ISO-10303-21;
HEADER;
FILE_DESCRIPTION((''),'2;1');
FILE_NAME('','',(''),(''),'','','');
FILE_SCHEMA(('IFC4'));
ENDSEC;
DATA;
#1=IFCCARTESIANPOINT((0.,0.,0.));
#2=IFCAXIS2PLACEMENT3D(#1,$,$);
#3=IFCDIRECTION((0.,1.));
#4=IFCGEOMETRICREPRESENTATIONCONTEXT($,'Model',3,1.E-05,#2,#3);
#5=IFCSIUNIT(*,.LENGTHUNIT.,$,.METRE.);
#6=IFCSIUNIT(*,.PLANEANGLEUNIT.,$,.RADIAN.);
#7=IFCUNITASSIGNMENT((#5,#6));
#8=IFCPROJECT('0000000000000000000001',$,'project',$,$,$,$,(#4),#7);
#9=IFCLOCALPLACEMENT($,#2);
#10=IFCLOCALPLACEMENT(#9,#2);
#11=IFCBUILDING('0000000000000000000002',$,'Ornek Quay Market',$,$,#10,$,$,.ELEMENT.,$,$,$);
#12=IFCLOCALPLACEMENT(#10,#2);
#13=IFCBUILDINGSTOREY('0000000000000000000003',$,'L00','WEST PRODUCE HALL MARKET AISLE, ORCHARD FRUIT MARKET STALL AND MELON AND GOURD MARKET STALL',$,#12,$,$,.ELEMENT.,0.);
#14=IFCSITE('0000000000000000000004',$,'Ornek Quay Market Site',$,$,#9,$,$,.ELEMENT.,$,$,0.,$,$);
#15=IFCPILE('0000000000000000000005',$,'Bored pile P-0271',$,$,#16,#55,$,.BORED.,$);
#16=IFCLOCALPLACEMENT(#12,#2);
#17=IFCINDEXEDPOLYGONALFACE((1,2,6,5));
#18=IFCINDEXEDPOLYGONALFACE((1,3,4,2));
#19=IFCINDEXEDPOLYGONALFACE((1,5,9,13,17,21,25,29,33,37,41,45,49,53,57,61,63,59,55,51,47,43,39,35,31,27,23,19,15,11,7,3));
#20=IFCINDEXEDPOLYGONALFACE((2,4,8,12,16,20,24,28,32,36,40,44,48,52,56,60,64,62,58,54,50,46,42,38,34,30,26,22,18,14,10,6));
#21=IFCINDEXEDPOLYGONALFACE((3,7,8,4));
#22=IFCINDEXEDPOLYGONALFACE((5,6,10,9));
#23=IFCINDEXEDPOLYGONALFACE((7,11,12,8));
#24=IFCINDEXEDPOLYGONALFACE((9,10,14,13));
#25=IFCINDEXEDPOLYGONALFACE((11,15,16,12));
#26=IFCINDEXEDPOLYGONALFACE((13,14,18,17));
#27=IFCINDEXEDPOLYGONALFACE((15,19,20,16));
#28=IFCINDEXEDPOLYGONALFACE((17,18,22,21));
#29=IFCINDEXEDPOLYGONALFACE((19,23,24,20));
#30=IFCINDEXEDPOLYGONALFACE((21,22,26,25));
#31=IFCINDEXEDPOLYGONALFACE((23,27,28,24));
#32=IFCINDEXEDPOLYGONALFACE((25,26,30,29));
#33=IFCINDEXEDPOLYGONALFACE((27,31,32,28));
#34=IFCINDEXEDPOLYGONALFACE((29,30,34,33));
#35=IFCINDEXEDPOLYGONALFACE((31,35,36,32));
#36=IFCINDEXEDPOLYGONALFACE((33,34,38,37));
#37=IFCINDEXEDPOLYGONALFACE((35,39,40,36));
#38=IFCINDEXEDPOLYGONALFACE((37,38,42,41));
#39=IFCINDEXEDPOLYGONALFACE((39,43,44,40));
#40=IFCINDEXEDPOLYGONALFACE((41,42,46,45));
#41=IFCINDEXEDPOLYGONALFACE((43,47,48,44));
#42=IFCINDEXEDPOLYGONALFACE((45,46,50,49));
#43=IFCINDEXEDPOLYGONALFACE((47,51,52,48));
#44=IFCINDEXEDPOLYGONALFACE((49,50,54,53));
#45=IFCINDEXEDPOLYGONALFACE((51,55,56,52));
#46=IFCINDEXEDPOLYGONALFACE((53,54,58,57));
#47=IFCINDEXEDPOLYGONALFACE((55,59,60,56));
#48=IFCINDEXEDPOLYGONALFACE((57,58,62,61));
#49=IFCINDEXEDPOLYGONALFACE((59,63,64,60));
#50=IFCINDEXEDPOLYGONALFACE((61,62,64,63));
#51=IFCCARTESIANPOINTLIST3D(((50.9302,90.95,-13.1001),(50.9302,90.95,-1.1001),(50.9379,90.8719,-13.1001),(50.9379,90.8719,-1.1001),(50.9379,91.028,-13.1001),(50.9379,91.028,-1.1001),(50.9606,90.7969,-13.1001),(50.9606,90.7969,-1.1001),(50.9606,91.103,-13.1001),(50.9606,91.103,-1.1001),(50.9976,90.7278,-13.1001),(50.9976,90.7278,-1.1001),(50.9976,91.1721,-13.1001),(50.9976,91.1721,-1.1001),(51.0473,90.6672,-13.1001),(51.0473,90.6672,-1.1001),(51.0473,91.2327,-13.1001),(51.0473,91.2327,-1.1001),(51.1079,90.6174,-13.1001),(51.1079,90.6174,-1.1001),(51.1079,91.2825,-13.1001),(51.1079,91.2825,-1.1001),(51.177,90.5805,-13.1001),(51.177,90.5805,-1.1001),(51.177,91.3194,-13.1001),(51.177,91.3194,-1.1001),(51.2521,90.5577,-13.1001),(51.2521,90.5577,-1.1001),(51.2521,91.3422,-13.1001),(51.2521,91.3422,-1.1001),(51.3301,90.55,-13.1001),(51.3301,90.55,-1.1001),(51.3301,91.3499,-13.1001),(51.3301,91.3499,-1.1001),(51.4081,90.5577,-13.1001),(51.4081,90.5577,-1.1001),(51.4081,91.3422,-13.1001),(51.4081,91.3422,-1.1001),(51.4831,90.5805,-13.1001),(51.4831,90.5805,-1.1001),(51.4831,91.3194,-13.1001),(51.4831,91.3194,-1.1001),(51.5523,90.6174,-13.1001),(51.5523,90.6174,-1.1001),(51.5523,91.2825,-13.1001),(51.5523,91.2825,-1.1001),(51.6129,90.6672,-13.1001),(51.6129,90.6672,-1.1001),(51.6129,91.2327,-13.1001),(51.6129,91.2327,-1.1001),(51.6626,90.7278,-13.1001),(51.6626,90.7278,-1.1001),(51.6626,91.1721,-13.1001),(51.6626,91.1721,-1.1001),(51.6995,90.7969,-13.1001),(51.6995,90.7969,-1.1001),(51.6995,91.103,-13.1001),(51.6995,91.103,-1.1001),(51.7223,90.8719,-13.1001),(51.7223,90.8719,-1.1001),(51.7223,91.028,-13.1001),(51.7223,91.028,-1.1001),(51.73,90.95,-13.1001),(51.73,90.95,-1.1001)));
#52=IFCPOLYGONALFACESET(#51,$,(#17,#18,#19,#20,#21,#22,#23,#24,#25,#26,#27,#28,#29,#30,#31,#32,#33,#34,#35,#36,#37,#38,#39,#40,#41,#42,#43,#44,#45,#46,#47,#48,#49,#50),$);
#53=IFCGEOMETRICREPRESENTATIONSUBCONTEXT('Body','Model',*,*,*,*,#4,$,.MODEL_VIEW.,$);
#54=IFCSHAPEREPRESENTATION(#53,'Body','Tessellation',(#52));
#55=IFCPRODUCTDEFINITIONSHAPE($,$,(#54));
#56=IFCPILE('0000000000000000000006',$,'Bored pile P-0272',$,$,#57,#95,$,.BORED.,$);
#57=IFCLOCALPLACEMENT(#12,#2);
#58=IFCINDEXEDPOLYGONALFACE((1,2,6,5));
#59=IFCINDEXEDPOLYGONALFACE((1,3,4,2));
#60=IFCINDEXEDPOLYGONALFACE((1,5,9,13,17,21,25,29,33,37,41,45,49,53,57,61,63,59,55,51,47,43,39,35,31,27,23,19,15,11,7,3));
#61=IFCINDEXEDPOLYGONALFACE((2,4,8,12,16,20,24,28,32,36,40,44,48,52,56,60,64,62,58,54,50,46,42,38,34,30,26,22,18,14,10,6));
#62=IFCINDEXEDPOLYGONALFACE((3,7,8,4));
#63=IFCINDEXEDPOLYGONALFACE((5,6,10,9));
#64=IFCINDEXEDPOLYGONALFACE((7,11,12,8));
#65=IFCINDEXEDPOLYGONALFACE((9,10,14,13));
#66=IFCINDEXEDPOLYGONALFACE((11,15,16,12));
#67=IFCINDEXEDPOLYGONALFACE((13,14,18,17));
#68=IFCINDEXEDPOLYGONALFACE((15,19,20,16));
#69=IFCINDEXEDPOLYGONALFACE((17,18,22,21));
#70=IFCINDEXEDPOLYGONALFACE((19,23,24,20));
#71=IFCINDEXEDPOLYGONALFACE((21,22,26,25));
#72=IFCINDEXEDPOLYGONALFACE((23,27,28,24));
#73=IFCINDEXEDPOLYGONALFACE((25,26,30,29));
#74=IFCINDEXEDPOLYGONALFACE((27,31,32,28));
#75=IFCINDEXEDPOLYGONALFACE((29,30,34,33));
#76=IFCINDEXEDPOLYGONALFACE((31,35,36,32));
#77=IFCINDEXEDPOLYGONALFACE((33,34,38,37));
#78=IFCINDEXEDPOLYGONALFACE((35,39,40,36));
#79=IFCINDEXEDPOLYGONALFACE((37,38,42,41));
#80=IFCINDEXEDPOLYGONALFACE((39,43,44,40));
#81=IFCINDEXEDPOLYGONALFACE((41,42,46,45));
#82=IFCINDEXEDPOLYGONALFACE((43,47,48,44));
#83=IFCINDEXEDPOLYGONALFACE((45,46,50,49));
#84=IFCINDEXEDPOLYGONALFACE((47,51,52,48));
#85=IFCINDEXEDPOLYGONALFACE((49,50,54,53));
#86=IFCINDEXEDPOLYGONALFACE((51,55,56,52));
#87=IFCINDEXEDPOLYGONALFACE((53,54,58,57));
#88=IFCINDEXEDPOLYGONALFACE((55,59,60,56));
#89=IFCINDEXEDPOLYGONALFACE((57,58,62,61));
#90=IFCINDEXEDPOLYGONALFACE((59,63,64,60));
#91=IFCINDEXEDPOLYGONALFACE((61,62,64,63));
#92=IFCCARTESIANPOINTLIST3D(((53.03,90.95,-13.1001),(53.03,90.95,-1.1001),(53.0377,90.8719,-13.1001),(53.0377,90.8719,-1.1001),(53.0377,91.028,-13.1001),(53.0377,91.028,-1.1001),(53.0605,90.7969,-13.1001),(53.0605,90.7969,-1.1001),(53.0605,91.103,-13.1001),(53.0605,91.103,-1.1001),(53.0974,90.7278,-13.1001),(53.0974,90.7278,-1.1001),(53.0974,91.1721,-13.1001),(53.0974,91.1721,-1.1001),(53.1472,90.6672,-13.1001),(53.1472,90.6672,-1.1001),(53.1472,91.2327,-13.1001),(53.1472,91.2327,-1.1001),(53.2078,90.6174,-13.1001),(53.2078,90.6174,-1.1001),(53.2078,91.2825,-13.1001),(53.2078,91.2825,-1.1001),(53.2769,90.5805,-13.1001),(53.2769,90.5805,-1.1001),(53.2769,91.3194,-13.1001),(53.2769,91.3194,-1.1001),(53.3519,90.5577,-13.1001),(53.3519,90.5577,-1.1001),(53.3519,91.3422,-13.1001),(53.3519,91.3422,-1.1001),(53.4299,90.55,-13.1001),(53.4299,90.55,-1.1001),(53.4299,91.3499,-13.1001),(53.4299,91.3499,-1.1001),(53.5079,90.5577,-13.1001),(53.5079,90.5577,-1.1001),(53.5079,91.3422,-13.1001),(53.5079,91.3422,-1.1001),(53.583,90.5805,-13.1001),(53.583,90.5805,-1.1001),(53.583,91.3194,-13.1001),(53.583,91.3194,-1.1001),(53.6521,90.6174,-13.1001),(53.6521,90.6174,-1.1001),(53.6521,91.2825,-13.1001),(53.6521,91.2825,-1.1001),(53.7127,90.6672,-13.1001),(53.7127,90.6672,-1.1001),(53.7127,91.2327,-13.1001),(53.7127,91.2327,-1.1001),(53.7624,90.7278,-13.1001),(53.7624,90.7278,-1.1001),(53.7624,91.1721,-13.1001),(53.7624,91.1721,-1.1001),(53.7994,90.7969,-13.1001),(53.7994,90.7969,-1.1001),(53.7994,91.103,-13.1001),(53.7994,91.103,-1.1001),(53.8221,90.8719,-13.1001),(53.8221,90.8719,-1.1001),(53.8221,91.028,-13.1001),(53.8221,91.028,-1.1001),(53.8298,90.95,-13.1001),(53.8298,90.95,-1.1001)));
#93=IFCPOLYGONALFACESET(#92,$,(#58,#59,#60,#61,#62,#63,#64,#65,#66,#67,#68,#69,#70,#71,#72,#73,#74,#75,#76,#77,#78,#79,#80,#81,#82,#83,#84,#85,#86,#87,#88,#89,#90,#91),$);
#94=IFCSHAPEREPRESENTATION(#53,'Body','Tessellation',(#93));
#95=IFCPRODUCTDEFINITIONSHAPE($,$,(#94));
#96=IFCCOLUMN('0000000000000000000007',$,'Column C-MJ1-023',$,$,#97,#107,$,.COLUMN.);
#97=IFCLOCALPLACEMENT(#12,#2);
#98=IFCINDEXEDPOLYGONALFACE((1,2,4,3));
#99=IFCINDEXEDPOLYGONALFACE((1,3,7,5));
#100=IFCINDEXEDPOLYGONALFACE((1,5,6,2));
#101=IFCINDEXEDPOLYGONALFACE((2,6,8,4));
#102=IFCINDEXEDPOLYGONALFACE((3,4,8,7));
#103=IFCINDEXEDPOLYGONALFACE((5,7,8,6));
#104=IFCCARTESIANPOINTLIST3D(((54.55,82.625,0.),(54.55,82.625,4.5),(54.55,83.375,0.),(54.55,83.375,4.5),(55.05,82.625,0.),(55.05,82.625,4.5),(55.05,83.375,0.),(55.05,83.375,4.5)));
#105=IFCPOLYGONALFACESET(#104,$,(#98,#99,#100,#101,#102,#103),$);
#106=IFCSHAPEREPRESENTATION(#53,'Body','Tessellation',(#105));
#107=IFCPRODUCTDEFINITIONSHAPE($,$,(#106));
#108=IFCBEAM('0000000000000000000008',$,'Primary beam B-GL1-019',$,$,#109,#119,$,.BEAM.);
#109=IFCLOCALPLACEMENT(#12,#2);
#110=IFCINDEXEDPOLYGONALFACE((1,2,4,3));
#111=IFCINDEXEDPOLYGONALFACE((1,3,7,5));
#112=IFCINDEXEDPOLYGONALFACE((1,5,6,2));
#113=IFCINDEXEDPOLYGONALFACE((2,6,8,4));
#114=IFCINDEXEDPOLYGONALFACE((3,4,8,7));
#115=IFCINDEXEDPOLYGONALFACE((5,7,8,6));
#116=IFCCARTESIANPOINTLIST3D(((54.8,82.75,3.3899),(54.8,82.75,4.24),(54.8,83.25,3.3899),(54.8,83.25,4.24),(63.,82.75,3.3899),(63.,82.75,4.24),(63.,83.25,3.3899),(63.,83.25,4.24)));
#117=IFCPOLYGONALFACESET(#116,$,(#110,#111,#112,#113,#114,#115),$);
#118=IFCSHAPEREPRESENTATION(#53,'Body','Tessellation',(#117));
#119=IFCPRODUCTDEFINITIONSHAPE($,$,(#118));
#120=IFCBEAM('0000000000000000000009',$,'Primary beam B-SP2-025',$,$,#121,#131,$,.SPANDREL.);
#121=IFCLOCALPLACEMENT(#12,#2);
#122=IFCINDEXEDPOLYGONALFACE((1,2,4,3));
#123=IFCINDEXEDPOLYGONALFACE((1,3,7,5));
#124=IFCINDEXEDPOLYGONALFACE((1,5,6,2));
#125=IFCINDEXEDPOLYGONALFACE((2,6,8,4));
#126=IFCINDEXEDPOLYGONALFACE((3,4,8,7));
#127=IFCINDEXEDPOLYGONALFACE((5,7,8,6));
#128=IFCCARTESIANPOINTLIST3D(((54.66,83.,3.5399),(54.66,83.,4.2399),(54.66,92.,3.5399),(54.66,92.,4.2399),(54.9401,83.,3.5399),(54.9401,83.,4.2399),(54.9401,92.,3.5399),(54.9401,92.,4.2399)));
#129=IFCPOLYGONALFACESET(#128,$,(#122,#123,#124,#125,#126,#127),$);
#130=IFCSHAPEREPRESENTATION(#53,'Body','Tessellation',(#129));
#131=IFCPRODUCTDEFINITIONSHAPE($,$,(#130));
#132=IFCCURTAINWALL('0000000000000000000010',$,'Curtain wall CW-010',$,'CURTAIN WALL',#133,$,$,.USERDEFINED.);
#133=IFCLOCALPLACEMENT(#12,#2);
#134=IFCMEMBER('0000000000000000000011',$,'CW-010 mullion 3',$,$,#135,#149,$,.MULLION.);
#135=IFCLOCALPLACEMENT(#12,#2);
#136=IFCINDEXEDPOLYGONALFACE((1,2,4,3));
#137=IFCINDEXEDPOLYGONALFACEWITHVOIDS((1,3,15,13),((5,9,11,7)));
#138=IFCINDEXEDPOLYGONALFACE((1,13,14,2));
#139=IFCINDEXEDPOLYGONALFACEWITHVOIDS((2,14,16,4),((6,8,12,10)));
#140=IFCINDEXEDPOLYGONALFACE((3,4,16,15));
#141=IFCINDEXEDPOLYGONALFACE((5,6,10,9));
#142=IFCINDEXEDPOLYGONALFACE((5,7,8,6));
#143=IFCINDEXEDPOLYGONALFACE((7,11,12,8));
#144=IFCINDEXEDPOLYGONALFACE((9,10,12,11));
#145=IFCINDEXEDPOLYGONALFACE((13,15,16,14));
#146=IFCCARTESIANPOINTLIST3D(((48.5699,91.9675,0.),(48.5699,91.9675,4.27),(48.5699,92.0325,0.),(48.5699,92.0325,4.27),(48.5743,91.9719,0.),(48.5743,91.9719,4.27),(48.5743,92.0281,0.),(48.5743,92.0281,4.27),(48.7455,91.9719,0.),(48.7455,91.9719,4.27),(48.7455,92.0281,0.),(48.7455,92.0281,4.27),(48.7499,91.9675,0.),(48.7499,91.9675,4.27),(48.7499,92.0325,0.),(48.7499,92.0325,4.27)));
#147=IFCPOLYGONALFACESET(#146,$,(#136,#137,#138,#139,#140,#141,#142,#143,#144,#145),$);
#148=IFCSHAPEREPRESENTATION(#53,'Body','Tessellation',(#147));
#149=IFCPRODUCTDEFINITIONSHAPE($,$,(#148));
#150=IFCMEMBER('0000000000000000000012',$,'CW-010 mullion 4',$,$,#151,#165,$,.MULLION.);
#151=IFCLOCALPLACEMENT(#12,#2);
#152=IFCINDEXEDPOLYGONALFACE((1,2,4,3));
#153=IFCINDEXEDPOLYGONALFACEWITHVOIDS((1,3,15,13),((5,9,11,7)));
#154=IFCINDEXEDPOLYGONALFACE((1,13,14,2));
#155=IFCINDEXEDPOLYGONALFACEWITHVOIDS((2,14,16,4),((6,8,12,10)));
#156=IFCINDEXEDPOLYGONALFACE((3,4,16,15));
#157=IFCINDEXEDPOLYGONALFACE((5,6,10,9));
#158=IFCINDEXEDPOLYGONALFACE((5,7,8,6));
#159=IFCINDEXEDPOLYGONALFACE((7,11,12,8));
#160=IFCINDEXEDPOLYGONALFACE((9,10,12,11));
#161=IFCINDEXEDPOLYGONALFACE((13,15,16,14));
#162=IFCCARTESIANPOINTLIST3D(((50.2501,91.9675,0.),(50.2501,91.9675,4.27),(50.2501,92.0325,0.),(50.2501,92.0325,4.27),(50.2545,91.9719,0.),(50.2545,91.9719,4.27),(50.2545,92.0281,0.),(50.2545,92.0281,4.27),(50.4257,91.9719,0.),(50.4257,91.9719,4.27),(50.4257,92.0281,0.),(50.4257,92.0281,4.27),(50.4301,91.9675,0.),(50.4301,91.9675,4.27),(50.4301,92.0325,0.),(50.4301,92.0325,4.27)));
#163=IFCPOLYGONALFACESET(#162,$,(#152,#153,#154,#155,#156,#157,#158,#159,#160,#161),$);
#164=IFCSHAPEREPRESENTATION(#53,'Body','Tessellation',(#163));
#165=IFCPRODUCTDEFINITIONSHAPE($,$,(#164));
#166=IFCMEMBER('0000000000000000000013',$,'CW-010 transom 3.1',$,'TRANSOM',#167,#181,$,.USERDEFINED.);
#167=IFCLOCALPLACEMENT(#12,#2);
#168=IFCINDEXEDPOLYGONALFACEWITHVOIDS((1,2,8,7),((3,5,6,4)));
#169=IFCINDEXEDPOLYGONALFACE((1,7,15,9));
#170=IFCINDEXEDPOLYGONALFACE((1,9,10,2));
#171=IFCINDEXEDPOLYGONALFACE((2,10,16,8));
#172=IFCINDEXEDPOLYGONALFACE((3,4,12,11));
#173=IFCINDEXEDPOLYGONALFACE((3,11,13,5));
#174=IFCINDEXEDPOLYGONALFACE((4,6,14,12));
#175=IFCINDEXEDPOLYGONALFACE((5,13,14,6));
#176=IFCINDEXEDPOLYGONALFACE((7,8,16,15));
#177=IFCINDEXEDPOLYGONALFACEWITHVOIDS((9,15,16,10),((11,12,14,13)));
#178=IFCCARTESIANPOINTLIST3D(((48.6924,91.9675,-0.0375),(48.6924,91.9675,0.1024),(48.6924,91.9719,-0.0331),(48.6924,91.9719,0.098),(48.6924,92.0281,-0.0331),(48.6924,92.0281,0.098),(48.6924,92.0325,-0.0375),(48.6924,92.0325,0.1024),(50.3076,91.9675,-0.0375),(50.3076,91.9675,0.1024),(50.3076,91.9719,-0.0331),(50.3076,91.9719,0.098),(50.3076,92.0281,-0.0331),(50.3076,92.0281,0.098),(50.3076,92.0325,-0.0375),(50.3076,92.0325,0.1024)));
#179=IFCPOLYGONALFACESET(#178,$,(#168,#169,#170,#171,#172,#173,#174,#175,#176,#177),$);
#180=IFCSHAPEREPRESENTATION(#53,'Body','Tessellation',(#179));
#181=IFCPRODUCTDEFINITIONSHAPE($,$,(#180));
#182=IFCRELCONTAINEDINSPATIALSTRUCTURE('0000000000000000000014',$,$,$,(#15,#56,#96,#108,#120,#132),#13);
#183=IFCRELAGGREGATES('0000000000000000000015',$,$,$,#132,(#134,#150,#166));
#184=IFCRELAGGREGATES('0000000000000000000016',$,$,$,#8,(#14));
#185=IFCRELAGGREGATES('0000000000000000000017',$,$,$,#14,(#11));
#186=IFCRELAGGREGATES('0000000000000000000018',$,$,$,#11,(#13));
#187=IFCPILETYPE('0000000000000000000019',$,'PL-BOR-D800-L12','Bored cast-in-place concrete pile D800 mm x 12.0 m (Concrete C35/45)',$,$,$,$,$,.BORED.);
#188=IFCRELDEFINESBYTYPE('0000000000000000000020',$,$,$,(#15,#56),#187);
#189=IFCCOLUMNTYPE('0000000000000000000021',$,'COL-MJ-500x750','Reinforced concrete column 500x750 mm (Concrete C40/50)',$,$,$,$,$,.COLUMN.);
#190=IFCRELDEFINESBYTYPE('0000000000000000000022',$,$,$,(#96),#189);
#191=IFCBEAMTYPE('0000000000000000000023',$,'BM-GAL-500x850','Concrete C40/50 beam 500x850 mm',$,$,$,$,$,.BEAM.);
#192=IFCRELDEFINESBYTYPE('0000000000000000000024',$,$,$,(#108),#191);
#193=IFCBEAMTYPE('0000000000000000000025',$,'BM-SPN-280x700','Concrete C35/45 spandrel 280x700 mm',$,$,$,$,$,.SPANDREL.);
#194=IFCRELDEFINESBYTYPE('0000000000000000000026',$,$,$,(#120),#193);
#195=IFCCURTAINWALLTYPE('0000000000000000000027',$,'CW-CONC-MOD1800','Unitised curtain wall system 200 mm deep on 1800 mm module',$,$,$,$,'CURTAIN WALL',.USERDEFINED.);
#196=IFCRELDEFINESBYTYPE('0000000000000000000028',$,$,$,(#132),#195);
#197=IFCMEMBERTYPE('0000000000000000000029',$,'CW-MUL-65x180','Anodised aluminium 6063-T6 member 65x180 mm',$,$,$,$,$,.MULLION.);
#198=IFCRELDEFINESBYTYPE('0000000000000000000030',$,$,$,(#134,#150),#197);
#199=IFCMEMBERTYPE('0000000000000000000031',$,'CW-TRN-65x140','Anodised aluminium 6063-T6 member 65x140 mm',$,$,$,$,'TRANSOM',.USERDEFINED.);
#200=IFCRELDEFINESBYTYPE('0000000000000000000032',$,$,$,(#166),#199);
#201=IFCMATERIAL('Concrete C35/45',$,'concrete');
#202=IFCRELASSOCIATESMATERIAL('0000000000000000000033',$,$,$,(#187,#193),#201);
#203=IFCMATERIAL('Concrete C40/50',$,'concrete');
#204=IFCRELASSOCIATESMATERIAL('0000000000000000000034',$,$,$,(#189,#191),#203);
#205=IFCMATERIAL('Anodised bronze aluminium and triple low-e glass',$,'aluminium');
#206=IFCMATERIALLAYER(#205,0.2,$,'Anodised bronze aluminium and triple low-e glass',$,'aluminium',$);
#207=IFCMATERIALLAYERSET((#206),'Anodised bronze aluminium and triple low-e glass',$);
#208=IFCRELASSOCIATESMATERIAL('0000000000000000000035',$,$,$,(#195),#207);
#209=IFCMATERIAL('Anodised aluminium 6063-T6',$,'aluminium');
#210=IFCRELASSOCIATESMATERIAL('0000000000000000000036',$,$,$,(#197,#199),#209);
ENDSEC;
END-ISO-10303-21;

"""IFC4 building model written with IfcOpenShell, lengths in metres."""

from ifc_helpers import new_model, si_unit, direction, frame, origin, origin_2d, place, context, subcontext, project, spatial, rectangle, hollow_rectangle, circle, extrude, material, layer, layer_set, material_profile, profile_set, type_object, element, aggregate, save


model = new_model("IFC4")

# Units and contexts
model_context = context("Model", 3, precision=1e-05, world=origin(), true_north=direction((0.0, 1.0)))
body_context = subcontext(model_context, "Body", "Model", "MODEL_VIEW")
ifc_project = project(units=[si_unit("LENGTHUNIT", "METRE"), si_unit("PLANEANGLEUNIT", "RADIAN")], contexts=[model_context])

# Site, building, storey
site_placement = place(None, origin())
site = spatial("IfcSite", under=ifc_project, at=site_placement, Name="Ornek Quay Market Site", CompositionType="ELEMENT", RefElevation=0.0)
building_placement = place(site_placement, origin())
building = spatial("IfcBuilding", under=site, at=building_placement, Name="Ornek Quay Market", CompositionType="ELEMENT")
storey_placement = place(building_placement, origin())
storey = spatial("IfcBuildingStorey", under=building, at=storey_placement, Name="L00", Description="WEST PRODUCE HALL MARKET AISLE, ORCHARD FRUIT MARKET STALL AND MELON AND GOURD MARKET STALL", CompositionType="ELEMENT", Elevation=0.0)

# Piles
ifc_material_1 = material(Name="Concrete C35/45", Category="concrete")
ifc_material_profile_1 = material_profile(ifc_material_1, circle(Radius=0.3999, at=origin_2d()), Name="PILE D800", Category="concrete")
ifc_profile_set_1 = profile_set([ifc_material_profile_1], Name="Concrete C35/45")
pile_type = type_object("IfcPileType", Name="PL-BOR-D800-L12", Description="Bored cast-in-place concrete pile D800 mm x 12.0 m (Concrete C35/45)", PredefinedType="BORED", material=ifc_profile_set_1)
for number, where, z_axis, x_axis, name in (
    (1, (51.3301, 90.95, -1.1001), (0.0, 0.0, -1.0), (1.0, 0.0, 0.0), "Bored pile P-0271"),
    (2, (53.4299, 90.95, -1.1001), (0.0, 0.0, -1.0), (1.0, 0.0, 0.0), "Bored pile P-0272"),
):
    element("IfcPile", number, at=place(storey_placement, frame(where, z_axis=z_axis, x_axis=x_axis)), inside=storey, type_object=pile_type, Name=name, PredefinedType="BORED", context=body_context, shape_type="SweptSolid", body=[
        extrude(circle(Radius=0.3999, at=origin_2d()), origin(), (0.0, 0.0, 1.0), 12.0),
    ])

# Column
ifc_material_2 = material(Name="Concrete C40/50", Category="concrete")
ifc_material_profile_2 = material_profile(ifc_material_2, rectangle(XDim=0.5, YDim=0.75, at=origin_2d()), Name="RC 500x750", Category="concrete")
ifc_profile_set_2 = profile_set([ifc_material_profile_2], Name="Concrete C40/50")
column_type = type_object("IfcColumnType", Name="COL-MJ-500x750", Description="Reinforced concrete column 500x750 mm (Concrete C40/50)", PredefinedType="COLUMN", material=ifc_profile_set_2)
column_placement = place(storey_placement, frame((54.8, 83.0, 0.0), z_axis=(0.0, 0.0, 1.0), x_axis=(1.0, 0.0, 0.0)))
element("IfcColumn", 3, at=column_placement, inside=storey, type_object=column_type, Name="Column C-MJ1-023", PredefinedType="COLUMN", context=body_context, shape_type="SweptSolid", body=[
    extrude(rectangle(XDim=0.5, YDim=0.75, at=origin_2d()), origin(), (0.0, 0.0, 1.0), 4.5),
])

# Beams
ifc_material_profile_3 = material_profile(ifc_material_2, rectangle(XDim=0.5, YDim=0.8501, at=origin_2d()), Name="RC 500x850", Category="concrete")
ifc_profile_set_3 = profile_set([ifc_material_profile_3], Name="Concrete C40/50")
beam_type_1 = type_object("IfcBeamType", Name="BM-GAL-500x850", Description="Concrete C40/50 beam 500x850 mm", PredefinedType="BEAM", material=ifc_profile_set_3)
beam_1_placement = place(storey_placement, frame((54.8, 83.0, 3.8149), z_axis=(1.0, 0.0, 0.0), x_axis=(0.0, 1.0, 0.0)))
element("IfcBeam", 4, at=beam_1_placement, inside=storey, type_object=beam_type_1, Name="Primary beam B-GL1-019", PredefinedType="BEAM", context=body_context, shape_type="SweptSolid", body=[
    extrude(rectangle(XDim=0.5, YDim=0.8501, at=origin_2d()), origin(), (0.0, 0.0, 1.0), 8.2),
])
ifc_material_profile_4 = material_profile(ifc_material_1, rectangle(XDim=0.28, YDim=0.7, at=origin_2d()), Name="RC 280x700", Category="concrete")
ifc_profile_set_4 = profile_set([ifc_material_profile_4], Name="Concrete C35/45")
beam_type_2 = type_object("IfcBeamType", Name="BM-SPN-280x700", Description="Concrete C35/45 spandrel 280x700 mm", PredefinedType="SPANDREL", material=ifc_profile_set_4)
beam_2_placement = place(storey_placement, frame((54.8, 83.0, 3.8899), z_axis=(0.0, 1.0, 0.0), x_axis=(-1.0, 0.0, 0.0)))
element("IfcBeam", 5, at=beam_2_placement, inside=storey, type_object=beam_type_2, Name="Primary beam B-SP2-025", PredefinedType="SPANDREL", context=body_context, shape_type="SweptSolid", body=[
    extrude(rectangle(XDim=0.28, YDim=0.7, at=origin_2d()), origin(), (0.0, 0.0, 1.0), 9.0),
])

# Curtain wall, members
ifc_material_3 = material(Name="Anodised bronze aluminium and triple low-e glass", Category="aluminium")
ifc_layer_1 = layer(ifc_material_3, 0.2, Name="Anodised bronze aluminium and triple low-e glass", Category="aluminium")
ifc_layer_set_1 = layer_set([ifc_layer_1], Name="Anodised bronze aluminium and triple low-e glass")
curtain_wall_type = type_object("IfcCurtainWallType", Name="CW-CONC-MOD1800", Description="Unitised curtain wall system 200 mm deep on 1800 mm module", ElementType="CURTAIN WALL", PredefinedType="USERDEFINED", material=ifc_layer_set_1)
curtain_wall_placement = place(storey_placement, origin())
curtain_wall = element("IfcCurtainWall", 6, at=curtain_wall_placement, inside=storey, type_object=curtain_wall_type, Name="Curtain wall CW-010", ObjectType="CURTAIN WALL", PredefinedType="USERDEFINED")
ifc_material_4 = material(Name="Anodised aluminium 6063-T6", Category="aluminium")
ifc_material_profile_5 = material_profile(ifc_material_4, hollow_rectangle(XDim=0.0649, YDim=0.1799, WallThickness=0.0044, at=origin_2d()), Name="CW-MUL-65x180", Category="aluminium")
ifc_profile_set_5 = profile_set([ifc_material_profile_5], Name="Anodised aluminium 6063-T6")
member_type_1 = type_object("IfcMemberType", Name="CW-MUL-65x180", Description="Anodised aluminium 6063-T6 member 65x180 mm", PredefinedType="MULLION", material=ifc_profile_set_5)
member_1_placement = place(storey_placement, frame((48.6599, 92.0, 0.0), z_axis=(0.0, 0.0, 1.0), x_axis=(0.0, 1.0, 0.0)))
member_1 = element("IfcMember", 7, at=member_1_placement, type_object=member_type_1, Name="CW-010 mullion 3", PredefinedType="MULLION", context=body_context, shape_type="SweptSolid", body=[
    extrude(hollow_rectangle(XDim=0.0649, YDim=0.1799, WallThickness=0.0044, at=origin_2d()), origin(), (0.0, 0.0, 1.0), 4.27),
])
member_2_placement = place(storey_placement, frame((50.3401, 92.0, 0.0), z_axis=(0.0, 0.0, 1.0), x_axis=(0.0, 1.0, 0.0)))
member_2 = element("IfcMember", 8, at=member_2_placement, type_object=member_type_1, Name="CW-010 mullion 4", PredefinedType="MULLION", context=body_context, shape_type="SweptSolid", body=[
    extrude(hollow_rectangle(XDim=0.0649, YDim=0.1799, WallThickness=0.0044, at=origin_2d()), origin(), (0.0, 0.0, 1.0), 4.27),
])
ifc_material_profile_6 = material_profile(ifc_material_4, hollow_rectangle(XDim=0.0649, YDim=0.1399, WallThickness=0.0044, at=origin_2d()), Name="CW-TRN-65x140", Category="aluminium")
ifc_profile_set_6 = profile_set([ifc_material_profile_6], Name="Anodised aluminium 6063-T6")
member_type_2 = type_object("IfcMemberType", Name="CW-TRN-65x140", Description="Anodised aluminium 6063-T6 member 65x140 mm", ElementType="TRANSOM", PredefinedType="USERDEFINED", material=ifc_profile_set_6)
member_3_placement = place(storey_placement, frame((48.6924, 92.0, 0.0325), z_axis=(1.0, 0.0, 0.0), x_axis=(0.0, 1.0, 0.0)))
member_3 = element("IfcMember", 9, at=member_3_placement, type_object=member_type_2, Name="CW-010 transom 3.1", ObjectType="TRANSOM", PredefinedType="USERDEFINED", context=body_context, shape_type="SweptSolid", body=[
    extrude(hollow_rectangle(XDim=0.0649, YDim=0.1399, WallThickness=0.0044, at=origin_2d()), origin(), (0.0, 0.0, 1.0), 1.6152),
])
aggregate(curtain_wall, [member_1, member_2, member_3])

save(model, "model.ifc")
